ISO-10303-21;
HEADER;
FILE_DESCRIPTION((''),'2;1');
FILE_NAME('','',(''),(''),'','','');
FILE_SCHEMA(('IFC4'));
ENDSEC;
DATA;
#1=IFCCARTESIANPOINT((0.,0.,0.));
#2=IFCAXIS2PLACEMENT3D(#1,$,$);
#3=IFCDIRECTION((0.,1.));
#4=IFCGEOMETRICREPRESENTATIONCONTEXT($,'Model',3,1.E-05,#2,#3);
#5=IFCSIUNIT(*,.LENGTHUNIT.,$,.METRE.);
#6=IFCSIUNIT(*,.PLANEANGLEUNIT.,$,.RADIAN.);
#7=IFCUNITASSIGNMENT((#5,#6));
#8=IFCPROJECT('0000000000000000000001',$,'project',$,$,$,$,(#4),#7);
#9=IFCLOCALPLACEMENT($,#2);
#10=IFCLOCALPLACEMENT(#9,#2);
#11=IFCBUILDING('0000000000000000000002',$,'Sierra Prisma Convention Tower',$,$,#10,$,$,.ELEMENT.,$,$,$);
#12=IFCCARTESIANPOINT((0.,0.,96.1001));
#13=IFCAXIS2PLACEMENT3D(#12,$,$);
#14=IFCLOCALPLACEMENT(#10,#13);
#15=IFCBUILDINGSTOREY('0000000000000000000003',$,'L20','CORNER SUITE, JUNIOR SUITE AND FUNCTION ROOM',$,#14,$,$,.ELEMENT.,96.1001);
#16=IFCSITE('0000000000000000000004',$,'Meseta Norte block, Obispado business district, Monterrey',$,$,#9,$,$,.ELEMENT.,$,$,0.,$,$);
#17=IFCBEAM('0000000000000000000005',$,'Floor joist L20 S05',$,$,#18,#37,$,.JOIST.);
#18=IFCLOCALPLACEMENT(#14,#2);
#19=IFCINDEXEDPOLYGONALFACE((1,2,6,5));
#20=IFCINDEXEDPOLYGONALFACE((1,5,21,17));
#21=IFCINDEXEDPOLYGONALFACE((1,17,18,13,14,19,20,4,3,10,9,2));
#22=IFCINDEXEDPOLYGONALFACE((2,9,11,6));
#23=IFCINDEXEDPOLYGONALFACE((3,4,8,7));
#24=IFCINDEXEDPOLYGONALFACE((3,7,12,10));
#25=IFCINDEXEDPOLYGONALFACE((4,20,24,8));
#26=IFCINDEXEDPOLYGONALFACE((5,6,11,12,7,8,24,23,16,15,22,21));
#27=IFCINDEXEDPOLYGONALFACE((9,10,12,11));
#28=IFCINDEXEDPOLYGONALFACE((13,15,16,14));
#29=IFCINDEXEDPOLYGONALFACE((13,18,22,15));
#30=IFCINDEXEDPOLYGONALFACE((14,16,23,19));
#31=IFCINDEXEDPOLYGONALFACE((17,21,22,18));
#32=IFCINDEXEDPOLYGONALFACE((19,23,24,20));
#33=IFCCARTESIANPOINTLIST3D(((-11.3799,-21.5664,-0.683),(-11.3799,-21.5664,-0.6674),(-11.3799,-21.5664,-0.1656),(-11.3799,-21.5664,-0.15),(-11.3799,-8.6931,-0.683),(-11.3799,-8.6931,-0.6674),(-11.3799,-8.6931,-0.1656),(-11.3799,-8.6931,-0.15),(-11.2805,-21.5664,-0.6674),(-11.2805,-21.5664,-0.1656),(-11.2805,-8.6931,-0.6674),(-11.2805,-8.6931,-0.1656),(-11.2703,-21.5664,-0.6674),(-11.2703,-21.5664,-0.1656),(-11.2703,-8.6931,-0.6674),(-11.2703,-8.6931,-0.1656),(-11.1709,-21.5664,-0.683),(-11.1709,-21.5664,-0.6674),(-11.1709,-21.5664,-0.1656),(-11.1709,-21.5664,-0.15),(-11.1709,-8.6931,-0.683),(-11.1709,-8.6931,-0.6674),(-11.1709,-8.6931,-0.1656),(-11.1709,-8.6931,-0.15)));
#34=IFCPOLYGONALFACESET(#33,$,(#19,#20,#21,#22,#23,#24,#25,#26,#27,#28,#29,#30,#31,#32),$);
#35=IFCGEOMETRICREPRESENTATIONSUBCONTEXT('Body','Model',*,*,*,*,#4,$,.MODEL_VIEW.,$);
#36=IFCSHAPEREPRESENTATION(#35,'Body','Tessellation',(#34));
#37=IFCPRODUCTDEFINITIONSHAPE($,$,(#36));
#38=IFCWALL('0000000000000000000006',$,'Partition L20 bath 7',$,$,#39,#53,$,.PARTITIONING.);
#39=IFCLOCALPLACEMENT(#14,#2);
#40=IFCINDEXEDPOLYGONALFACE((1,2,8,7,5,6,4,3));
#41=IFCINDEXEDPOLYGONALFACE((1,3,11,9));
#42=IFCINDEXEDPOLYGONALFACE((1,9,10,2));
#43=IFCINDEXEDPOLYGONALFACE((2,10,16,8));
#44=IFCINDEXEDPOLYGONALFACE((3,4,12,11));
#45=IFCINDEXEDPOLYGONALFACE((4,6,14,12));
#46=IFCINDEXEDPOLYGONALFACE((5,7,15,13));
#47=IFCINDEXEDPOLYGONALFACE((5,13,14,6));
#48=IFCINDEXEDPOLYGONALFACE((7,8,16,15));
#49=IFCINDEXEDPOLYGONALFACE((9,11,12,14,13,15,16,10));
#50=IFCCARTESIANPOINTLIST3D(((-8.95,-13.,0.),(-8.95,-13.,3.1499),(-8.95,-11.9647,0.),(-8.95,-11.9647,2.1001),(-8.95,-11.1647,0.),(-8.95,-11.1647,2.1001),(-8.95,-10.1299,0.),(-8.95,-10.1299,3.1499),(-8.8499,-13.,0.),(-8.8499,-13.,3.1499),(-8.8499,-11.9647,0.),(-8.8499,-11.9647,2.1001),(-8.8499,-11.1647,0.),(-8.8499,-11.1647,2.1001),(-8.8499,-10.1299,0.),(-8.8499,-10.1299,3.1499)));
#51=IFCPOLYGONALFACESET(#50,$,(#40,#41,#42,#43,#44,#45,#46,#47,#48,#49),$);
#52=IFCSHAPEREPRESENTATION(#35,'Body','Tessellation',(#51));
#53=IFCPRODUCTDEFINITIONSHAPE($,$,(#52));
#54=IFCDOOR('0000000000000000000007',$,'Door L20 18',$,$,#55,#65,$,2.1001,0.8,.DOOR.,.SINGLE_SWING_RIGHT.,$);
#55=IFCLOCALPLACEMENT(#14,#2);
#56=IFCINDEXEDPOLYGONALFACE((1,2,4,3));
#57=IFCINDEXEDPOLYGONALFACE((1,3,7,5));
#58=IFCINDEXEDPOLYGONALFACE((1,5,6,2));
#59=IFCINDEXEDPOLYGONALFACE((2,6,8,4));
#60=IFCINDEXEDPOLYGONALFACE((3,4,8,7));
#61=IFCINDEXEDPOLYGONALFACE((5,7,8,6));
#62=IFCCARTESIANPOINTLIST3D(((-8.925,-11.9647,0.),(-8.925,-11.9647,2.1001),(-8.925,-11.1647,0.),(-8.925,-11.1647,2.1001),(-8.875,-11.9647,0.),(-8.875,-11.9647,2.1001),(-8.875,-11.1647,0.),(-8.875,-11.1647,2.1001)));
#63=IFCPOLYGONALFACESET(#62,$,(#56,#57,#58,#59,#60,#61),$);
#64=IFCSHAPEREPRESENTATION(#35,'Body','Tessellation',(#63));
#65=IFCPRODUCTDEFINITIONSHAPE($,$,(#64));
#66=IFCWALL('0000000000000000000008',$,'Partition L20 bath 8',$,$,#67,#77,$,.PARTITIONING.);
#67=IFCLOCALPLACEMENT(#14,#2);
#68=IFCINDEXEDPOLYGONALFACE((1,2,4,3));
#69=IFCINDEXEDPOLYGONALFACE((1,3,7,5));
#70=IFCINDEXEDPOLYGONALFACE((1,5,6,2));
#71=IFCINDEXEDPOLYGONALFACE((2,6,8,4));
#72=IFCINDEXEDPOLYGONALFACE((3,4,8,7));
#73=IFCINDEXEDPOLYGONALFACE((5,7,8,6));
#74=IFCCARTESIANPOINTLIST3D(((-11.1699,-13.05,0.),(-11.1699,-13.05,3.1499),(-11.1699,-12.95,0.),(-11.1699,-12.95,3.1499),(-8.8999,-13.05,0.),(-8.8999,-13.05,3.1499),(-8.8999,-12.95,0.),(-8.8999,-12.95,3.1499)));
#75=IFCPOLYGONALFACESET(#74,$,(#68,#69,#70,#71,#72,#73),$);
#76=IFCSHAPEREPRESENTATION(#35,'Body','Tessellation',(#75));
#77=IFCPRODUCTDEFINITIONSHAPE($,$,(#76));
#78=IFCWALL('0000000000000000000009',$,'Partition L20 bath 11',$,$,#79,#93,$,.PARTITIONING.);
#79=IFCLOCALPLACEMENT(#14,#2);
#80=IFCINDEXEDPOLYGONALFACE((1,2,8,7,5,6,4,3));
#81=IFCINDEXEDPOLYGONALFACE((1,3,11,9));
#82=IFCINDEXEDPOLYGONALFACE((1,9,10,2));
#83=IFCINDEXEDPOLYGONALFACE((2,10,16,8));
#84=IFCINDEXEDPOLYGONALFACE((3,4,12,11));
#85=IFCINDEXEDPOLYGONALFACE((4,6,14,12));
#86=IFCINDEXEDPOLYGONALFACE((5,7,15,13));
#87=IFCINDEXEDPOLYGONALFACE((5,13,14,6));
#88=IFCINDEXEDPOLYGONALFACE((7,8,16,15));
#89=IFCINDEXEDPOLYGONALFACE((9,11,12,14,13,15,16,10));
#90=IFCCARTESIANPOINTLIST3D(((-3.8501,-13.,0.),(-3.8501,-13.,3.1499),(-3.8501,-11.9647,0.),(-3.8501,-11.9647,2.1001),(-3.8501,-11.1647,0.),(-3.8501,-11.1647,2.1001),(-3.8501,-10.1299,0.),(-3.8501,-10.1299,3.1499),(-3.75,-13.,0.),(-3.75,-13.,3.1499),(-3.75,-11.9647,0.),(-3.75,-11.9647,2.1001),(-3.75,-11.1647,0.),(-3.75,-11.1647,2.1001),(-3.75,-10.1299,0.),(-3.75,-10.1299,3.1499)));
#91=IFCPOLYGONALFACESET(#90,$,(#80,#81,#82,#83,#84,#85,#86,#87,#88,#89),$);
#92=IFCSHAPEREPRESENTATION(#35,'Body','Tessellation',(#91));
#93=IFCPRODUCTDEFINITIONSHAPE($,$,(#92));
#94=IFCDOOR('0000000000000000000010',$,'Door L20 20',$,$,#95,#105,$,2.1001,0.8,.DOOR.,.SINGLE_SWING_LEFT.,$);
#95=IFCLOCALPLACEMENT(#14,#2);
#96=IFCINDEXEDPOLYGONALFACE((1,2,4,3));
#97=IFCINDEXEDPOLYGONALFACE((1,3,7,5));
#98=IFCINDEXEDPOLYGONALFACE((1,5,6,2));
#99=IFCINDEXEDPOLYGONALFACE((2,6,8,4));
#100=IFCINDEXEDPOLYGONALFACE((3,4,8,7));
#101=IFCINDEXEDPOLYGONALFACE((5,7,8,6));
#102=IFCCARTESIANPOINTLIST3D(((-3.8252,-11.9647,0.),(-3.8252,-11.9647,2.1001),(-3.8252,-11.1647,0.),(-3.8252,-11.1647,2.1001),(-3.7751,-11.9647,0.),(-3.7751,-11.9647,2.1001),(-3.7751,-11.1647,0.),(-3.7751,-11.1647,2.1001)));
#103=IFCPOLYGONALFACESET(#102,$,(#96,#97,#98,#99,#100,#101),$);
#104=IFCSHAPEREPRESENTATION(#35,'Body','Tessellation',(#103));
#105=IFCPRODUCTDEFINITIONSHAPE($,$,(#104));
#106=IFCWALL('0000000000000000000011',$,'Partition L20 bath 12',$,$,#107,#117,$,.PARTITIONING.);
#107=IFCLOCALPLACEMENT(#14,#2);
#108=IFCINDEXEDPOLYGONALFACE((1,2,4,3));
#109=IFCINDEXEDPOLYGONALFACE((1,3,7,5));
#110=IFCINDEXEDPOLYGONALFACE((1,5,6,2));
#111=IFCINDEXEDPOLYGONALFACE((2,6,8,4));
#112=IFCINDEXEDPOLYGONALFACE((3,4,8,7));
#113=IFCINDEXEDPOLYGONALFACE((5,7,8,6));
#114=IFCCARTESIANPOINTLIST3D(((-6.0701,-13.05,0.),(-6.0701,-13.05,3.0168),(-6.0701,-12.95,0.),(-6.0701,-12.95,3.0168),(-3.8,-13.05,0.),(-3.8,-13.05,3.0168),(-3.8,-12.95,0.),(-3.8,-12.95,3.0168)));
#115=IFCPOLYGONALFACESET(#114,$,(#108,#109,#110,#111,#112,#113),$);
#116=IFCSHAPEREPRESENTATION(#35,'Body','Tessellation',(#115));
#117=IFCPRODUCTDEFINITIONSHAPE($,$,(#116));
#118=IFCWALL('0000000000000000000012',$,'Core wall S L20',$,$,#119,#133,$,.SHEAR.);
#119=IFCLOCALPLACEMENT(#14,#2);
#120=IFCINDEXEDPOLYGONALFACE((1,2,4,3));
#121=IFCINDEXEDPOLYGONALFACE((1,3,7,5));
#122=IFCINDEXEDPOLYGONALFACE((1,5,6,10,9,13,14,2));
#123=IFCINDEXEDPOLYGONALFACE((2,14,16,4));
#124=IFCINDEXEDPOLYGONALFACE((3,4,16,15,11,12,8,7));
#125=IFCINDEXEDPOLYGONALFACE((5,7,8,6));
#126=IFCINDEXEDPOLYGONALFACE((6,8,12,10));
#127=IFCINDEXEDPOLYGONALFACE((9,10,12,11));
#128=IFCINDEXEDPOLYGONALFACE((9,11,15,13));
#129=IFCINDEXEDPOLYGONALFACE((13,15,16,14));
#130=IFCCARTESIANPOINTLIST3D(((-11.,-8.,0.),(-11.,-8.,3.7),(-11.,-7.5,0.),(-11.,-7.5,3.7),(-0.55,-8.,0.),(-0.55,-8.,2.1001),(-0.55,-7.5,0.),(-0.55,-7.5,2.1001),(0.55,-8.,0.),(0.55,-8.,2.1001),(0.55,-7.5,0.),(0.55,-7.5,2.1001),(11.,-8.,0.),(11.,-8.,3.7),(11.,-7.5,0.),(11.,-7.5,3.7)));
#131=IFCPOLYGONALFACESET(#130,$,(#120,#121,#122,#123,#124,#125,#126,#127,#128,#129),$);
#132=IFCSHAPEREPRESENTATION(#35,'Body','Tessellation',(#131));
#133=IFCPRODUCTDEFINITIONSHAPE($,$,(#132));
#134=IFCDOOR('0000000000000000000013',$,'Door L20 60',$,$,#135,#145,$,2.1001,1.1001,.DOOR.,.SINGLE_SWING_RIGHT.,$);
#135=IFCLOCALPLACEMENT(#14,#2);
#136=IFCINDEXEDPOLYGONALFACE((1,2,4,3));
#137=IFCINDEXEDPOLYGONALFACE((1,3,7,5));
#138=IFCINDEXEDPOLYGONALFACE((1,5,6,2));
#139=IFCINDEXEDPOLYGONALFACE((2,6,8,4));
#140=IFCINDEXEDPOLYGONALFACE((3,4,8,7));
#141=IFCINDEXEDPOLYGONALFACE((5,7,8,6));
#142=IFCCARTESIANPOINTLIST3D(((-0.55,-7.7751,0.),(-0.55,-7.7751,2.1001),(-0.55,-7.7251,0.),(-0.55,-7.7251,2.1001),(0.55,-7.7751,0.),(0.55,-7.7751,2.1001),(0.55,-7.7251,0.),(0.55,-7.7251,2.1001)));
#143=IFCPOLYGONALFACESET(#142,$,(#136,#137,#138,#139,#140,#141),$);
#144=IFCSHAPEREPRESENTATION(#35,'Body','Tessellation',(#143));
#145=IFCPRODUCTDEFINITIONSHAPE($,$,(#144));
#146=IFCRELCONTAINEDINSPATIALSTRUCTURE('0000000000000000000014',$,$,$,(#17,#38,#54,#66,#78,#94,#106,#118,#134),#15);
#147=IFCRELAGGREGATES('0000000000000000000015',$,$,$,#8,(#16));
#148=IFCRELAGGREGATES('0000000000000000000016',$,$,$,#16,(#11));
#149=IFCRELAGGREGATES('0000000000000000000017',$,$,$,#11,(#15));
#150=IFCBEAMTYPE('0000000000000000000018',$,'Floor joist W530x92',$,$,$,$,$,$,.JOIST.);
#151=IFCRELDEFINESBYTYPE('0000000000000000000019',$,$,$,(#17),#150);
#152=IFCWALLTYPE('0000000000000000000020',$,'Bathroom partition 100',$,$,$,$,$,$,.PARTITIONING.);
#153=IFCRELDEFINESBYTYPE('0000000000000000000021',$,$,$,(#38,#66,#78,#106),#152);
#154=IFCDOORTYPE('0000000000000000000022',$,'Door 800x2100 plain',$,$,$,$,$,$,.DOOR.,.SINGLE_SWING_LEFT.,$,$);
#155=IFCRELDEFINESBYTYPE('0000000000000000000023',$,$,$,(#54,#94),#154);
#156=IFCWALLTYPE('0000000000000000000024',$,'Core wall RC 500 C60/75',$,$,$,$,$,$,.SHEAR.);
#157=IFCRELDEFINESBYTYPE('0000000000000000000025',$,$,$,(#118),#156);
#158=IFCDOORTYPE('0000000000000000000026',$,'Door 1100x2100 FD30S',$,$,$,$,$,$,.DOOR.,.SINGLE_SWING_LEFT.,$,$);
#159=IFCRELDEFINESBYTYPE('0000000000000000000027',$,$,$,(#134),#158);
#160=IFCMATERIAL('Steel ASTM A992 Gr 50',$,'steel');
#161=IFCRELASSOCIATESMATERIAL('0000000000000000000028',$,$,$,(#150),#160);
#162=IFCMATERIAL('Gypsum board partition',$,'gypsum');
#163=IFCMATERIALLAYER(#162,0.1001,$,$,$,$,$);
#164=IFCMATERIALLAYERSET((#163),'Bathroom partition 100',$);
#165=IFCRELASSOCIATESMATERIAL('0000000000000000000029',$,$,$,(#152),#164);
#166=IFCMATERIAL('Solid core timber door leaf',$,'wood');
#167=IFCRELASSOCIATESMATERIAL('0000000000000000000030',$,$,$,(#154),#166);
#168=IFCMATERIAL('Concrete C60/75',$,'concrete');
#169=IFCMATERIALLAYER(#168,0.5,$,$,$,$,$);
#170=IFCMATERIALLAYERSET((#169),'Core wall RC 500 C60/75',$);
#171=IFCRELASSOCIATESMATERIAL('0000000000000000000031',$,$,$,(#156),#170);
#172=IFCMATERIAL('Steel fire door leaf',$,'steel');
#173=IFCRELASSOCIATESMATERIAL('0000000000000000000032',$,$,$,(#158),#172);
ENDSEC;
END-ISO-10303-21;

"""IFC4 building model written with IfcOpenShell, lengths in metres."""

from ifc_helpers import new_model, si_unit, direction, frame, frame_2d, origin, origin_2d, place, context, subcontext, project, spatial, rectangle, i_section, extrude, material, layer, layer_set, material_profile, profile_set, type_object, element, fill, save


model = new_model("IFC4")

# Units and contexts
model_context = context("Model", 3, precision=1e-05, world=origin(), true_north=direction((0.0, 1.0)))
body_context = subcontext(model_context, "Body", "Model", "MODEL_VIEW")
ifc_project = project(units=[si_unit("LENGTHUNIT", "METRE"), si_unit("PLANEANGLEUNIT", "RADIAN")], contexts=[model_context])

# Site, building, storey
site_placement = place(None, origin())
site = spatial("IfcSite", under=ifc_project, at=site_placement, Name="Meseta Norte block, Obispado business district, Monterrey", CompositionType="ELEMENT", RefElevation=0.0)
building_placement = place(site_placement, origin())
building = spatial("IfcBuilding", under=site, at=building_placement, Name="Sierra Prisma Convention Tower", CompositionType="ELEMENT")
storey_placement = place(building_placement, frame((0.0, 0.0, 96.1001)))
storey = spatial("IfcBuildingStorey", under=building, at=storey_placement, Name="L20", Description="CORNER SUITE, JUNIOR SUITE AND FUNCTION ROOM", CompositionType="ELEMENT", Elevation=96.1001)

# Beam
ifc_material_1 = material(Name="Steel ASTM A992 Gr 50", Category="steel")
ifc_material_profile = material_profile(ifc_material_1, i_section(OverallWidth=0.209, OverallDepth=0.533, WebThickness=0.0103, FlangeThickness=0.0156, at=origin_2d()), Name="W530x92")
ifc_profile_set = profile_set([ifc_material_profile], Name="Steel ASTM A992 Gr 50")
beam_type = type_object("IfcBeamType", Name="Floor joist W530x92", PredefinedType="JOIST", material=ifc_profile_set)
beam_placement = place(storey_placement, frame((-11.2754, -21.5664, -0.4165), z_axis=(0.0, 1.0, 0.0), x_axis=(-1.0, 0.0, 0.0)))
element("IfcBeam", 1, at=beam_placement, inside=storey, type_object=beam_type, Name="Floor joist L20 S05", PredefinedType="JOIST", context=body_context, shape_type="SweptSolid", body=[
    extrude(i_section(OverallWidth=0.209, OverallDepth=0.533, WebThickness=0.0103, FlangeThickness=0.0156, at=origin_2d()), origin(), (0.0, 0.0, 1.0), 12.8733),
])

# Wall, opening, door
ifc_material_2 = material(Name="Gypsum board partition", Category="gypsum")
ifc_layer_1 = layer(ifc_material_2, 0.1001)
ifc_layer_set_1 = layer_set([ifc_layer_1], Name="Bathroom partition 100")
wall_type_1 = type_object("IfcWallType", Name="Bathroom partition 100", PredefinedType="PARTITIONING", material=ifc_layer_set_1)
wall_1_placement = place(storey_placement, frame((-8.8999, -10.1299, 0.0), z_axis=(0.0, 0.0, 1.0), x_axis=(0.0, -1.0, 0.0)))
wall_1 = element("IfcWall", 2, at=wall_1_placement, inside=storey, type_object=wall_type_1, Name="Partition L20 bath 7", PredefinedType="PARTITIONING", context=body_context, shape_type="SweptSolid", body=[
    extrude(rectangle(XDim=2.8701, YDim=0.1001, at=frame_2d((1.4351, 0.0))), origin(), (0.0, 0.0, 1.0), 3.1499),
])
opening_1_placement = place(wall_1_placement, frame((1.0349, 0.0, 0.0)))
opening_1 = element("IfcOpeningElement", 3, at=opening_1_placement, cuts=wall_1, PredefinedType="OPENING", context=body_context, shape_type="SweptSolid", body=[
    extrude(rectangle(XDim=0.8, YDim=2.1001, at=frame_2d((0.3999, 1.05))), frame((0.0, 0.05, 0.0), z_axis=(0.0, -1.0, 0.0), x_axis=(1.0, 0.0, 0.0)), (0.0, 0.0, 1.0), 0.1001),
])
ifc_material_3 = material(Name="Solid core timber door leaf", Category="wood")
door_type_1 = type_object("IfcDoorType", Name="Door 800x2100 plain", OperationType="SINGLE_SWING_LEFT", PredefinedType="DOOR", material=ifc_material_3)
door_1_placement = place(opening_1_placement, origin())
door_1 = element("IfcDoor", 4, at=door_1_placement, inside=storey, type_object=door_type_1, Name="Door L20 18", OperationType="SINGLE_SWING_RIGHT", OverallHeight=2.1001, OverallWidth=0.8, PredefinedType="DOOR", context=body_context, shape_type="SweptSolid", body=[
    extrude(rectangle(XDim=0.8, YDim=2.1001, at=frame_2d((0.3999, 1.05))), frame((0.0, 0.0249, 0.0), z_axis=(0.0, -1.0, 0.0), x_axis=(1.0, 0.0, 0.0)), (0.0, 0.0, 1.0), 0.05),
])
fill(opening_1, door_1)

# Wall
wall_2_placement = place(storey_placement, frame((-8.8999, -13.0, 0.0), z_axis=(0.0, 0.0, 1.0), x_axis=(-1.0, 0.0, 0.0)))
element("IfcWall", 5, at=wall_2_placement, inside=storey, type_object=wall_type_1, Name="Partition L20 bath 8", PredefinedType="PARTITIONING", context=body_context, shape_type="SweptSolid", body=[
    extrude(rectangle(XDim=2.27, YDim=0.1001, at=frame_2d((1.135, 0.0))), origin(), (0.0, 0.0, 1.0), 3.1499),
])

# Wall, opening, door
wall_3_placement = place(storey_placement, frame((-3.8, -10.1299, 0.0), z_axis=(0.0, 0.0, 1.0), x_axis=(0.0, -1.0, 0.0)))
wall_3 = element("IfcWall", 6, at=wall_3_placement, inside=storey, type_object=wall_type_1, Name="Partition L20 bath 11", PredefinedType="PARTITIONING", context=body_context, shape_type="SweptSolid", body=[
    extrude(rectangle(XDim=2.8701, YDim=0.1001, at=frame_2d((1.4351, 0.0))), origin(), (0.0, 0.0, 1.0), 3.1499),
])
opening_2_placement = place(wall_3_placement, frame((1.0349, 0.0, 0.0)))
opening_2 = element("IfcOpeningElement", 7, at=opening_2_placement, cuts=wall_3, PredefinedType="OPENING", context=body_context, shape_type="SweptSolid", body=[
    extrude(rectangle(XDim=0.8, YDim=2.1001, at=frame_2d((0.3999, 1.05))), frame((0.0, 0.05, 0.0), z_axis=(0.0, -1.0, 0.0), x_axis=(1.0, 0.0, 0.0)), (0.0, 0.0, 1.0), 0.1001),
])
door_2_placement = place(opening_2_placement, origin())
door_2 = element("IfcDoor", 8, at=door_2_placement, inside=storey, type_object=door_type_1, Name="Door L20 20", OperationType="SINGLE_SWING_LEFT", OverallHeight=2.1001, OverallWidth=0.8, PredefinedType="DOOR", context=body_context, shape_type="SweptSolid", body=[
    extrude(rectangle(XDim=0.8, YDim=2.1001, at=frame_2d((0.3999, 1.05))), frame((0.0, 0.0249, 0.0), z_axis=(0.0, -1.0, 0.0), x_axis=(1.0, 0.0, 0.0)), (0.0, 0.0, 1.0), 0.05),
])
fill(opening_2, door_2)

# Wall
wall_4_placement = place(storey_placement, frame((-3.8, -13.0, 0.0), z_axis=(0.0, 0.0, 1.0), x_axis=(-1.0, 0.0, 0.0)))
element("IfcWall", 9, at=wall_4_placement, inside=storey, type_object=wall_type_1, Name="Partition L20 bath 12", PredefinedType="PARTITIONING", context=body_context, shape_type="SweptSolid", body=[
    extrude(rectangle(XDim=2.27, YDim=0.1001, at=frame_2d((1.135, 0.0))), origin(), (0.0, 0.0, 1.0), 3.0168),
])

# Wall, opening, door
ifc_material_4 = material(Name="Concrete C60/75", Category="concrete")
ifc_layer_2 = layer(ifc_material_4, 0.5)
ifc_layer_set_2 = layer_set([ifc_layer_2], Name="Core wall RC 500 C60/75")
wall_type_2 = type_object("IfcWallType", Name="Core wall RC 500 C60/75", PredefinedType="SHEAR", material=ifc_layer_set_2)
wall_5_placement = place(storey_placement, frame((-11.0, -7.75, 0.0), z_axis=(0.0, 0.0, 1.0), x_axis=(1.0, 0.0, 0.0)))
wall_5 = element("IfcWall", 10, at=wall_5_placement, inside=storey, type_object=wall_type_2, Name="Core wall S L20", PredefinedType="SHEAR", context=body_context, shape_type="SweptSolid", body=[
    extrude(rectangle(XDim=22.0, YDim=0.5, at=frame_2d((11.0, 0.0))), origin(), (0.0, 0.0, 1.0), 3.7),
])
opening_3_placement = place(wall_5_placement, frame((10.45, 0.0, 0.0)))
opening_3 = element("IfcOpeningElement", 11, at=opening_3_placement, cuts=wall_5, PredefinedType="OPENING", context=body_context, shape_type="SweptSolid", body=[
    extrude(rectangle(XDim=1.1001, YDim=2.1001, at=frame_2d((0.55, 1.05))), frame((0.0, 0.25, 0.0), z_axis=(0.0, -1.0, 0.0), x_axis=(1.0, 0.0, 0.0)), (0.0, 0.0, 1.0), 0.5),
])
ifc_material_5 = material(Name="Steel fire door leaf", Category="steel")
door_type_2 = type_object("IfcDoorType", Name="Door 1100x2100 FD30S", OperationType="SINGLE_SWING_LEFT", PredefinedType="DOOR", material=ifc_material_5)
door_3_placement = place(opening_3_placement, origin())
door_3 = element("IfcDoor", 12, at=door_3_placement, inside=storey, type_object=door_type_2, Name="Door L20 60", OperationType="SINGLE_SWING_RIGHT", OverallHeight=2.1001, OverallWidth=1.1001, PredefinedType="DOOR", context=body_context, shape_type="SweptSolid", body=[
    extrude(rectangle(XDim=1.1001, YDim=2.1001, at=frame_2d((0.55, 1.05))), frame((0.0, 0.0249, 0.0), z_axis=(0.0, -1.0, 0.0), x_axis=(1.0, 0.0, 0.0)), (0.0, 0.0, 1.0), 0.05),
])
fill(opening_3, door_3)

save(model, "model.ifc")
